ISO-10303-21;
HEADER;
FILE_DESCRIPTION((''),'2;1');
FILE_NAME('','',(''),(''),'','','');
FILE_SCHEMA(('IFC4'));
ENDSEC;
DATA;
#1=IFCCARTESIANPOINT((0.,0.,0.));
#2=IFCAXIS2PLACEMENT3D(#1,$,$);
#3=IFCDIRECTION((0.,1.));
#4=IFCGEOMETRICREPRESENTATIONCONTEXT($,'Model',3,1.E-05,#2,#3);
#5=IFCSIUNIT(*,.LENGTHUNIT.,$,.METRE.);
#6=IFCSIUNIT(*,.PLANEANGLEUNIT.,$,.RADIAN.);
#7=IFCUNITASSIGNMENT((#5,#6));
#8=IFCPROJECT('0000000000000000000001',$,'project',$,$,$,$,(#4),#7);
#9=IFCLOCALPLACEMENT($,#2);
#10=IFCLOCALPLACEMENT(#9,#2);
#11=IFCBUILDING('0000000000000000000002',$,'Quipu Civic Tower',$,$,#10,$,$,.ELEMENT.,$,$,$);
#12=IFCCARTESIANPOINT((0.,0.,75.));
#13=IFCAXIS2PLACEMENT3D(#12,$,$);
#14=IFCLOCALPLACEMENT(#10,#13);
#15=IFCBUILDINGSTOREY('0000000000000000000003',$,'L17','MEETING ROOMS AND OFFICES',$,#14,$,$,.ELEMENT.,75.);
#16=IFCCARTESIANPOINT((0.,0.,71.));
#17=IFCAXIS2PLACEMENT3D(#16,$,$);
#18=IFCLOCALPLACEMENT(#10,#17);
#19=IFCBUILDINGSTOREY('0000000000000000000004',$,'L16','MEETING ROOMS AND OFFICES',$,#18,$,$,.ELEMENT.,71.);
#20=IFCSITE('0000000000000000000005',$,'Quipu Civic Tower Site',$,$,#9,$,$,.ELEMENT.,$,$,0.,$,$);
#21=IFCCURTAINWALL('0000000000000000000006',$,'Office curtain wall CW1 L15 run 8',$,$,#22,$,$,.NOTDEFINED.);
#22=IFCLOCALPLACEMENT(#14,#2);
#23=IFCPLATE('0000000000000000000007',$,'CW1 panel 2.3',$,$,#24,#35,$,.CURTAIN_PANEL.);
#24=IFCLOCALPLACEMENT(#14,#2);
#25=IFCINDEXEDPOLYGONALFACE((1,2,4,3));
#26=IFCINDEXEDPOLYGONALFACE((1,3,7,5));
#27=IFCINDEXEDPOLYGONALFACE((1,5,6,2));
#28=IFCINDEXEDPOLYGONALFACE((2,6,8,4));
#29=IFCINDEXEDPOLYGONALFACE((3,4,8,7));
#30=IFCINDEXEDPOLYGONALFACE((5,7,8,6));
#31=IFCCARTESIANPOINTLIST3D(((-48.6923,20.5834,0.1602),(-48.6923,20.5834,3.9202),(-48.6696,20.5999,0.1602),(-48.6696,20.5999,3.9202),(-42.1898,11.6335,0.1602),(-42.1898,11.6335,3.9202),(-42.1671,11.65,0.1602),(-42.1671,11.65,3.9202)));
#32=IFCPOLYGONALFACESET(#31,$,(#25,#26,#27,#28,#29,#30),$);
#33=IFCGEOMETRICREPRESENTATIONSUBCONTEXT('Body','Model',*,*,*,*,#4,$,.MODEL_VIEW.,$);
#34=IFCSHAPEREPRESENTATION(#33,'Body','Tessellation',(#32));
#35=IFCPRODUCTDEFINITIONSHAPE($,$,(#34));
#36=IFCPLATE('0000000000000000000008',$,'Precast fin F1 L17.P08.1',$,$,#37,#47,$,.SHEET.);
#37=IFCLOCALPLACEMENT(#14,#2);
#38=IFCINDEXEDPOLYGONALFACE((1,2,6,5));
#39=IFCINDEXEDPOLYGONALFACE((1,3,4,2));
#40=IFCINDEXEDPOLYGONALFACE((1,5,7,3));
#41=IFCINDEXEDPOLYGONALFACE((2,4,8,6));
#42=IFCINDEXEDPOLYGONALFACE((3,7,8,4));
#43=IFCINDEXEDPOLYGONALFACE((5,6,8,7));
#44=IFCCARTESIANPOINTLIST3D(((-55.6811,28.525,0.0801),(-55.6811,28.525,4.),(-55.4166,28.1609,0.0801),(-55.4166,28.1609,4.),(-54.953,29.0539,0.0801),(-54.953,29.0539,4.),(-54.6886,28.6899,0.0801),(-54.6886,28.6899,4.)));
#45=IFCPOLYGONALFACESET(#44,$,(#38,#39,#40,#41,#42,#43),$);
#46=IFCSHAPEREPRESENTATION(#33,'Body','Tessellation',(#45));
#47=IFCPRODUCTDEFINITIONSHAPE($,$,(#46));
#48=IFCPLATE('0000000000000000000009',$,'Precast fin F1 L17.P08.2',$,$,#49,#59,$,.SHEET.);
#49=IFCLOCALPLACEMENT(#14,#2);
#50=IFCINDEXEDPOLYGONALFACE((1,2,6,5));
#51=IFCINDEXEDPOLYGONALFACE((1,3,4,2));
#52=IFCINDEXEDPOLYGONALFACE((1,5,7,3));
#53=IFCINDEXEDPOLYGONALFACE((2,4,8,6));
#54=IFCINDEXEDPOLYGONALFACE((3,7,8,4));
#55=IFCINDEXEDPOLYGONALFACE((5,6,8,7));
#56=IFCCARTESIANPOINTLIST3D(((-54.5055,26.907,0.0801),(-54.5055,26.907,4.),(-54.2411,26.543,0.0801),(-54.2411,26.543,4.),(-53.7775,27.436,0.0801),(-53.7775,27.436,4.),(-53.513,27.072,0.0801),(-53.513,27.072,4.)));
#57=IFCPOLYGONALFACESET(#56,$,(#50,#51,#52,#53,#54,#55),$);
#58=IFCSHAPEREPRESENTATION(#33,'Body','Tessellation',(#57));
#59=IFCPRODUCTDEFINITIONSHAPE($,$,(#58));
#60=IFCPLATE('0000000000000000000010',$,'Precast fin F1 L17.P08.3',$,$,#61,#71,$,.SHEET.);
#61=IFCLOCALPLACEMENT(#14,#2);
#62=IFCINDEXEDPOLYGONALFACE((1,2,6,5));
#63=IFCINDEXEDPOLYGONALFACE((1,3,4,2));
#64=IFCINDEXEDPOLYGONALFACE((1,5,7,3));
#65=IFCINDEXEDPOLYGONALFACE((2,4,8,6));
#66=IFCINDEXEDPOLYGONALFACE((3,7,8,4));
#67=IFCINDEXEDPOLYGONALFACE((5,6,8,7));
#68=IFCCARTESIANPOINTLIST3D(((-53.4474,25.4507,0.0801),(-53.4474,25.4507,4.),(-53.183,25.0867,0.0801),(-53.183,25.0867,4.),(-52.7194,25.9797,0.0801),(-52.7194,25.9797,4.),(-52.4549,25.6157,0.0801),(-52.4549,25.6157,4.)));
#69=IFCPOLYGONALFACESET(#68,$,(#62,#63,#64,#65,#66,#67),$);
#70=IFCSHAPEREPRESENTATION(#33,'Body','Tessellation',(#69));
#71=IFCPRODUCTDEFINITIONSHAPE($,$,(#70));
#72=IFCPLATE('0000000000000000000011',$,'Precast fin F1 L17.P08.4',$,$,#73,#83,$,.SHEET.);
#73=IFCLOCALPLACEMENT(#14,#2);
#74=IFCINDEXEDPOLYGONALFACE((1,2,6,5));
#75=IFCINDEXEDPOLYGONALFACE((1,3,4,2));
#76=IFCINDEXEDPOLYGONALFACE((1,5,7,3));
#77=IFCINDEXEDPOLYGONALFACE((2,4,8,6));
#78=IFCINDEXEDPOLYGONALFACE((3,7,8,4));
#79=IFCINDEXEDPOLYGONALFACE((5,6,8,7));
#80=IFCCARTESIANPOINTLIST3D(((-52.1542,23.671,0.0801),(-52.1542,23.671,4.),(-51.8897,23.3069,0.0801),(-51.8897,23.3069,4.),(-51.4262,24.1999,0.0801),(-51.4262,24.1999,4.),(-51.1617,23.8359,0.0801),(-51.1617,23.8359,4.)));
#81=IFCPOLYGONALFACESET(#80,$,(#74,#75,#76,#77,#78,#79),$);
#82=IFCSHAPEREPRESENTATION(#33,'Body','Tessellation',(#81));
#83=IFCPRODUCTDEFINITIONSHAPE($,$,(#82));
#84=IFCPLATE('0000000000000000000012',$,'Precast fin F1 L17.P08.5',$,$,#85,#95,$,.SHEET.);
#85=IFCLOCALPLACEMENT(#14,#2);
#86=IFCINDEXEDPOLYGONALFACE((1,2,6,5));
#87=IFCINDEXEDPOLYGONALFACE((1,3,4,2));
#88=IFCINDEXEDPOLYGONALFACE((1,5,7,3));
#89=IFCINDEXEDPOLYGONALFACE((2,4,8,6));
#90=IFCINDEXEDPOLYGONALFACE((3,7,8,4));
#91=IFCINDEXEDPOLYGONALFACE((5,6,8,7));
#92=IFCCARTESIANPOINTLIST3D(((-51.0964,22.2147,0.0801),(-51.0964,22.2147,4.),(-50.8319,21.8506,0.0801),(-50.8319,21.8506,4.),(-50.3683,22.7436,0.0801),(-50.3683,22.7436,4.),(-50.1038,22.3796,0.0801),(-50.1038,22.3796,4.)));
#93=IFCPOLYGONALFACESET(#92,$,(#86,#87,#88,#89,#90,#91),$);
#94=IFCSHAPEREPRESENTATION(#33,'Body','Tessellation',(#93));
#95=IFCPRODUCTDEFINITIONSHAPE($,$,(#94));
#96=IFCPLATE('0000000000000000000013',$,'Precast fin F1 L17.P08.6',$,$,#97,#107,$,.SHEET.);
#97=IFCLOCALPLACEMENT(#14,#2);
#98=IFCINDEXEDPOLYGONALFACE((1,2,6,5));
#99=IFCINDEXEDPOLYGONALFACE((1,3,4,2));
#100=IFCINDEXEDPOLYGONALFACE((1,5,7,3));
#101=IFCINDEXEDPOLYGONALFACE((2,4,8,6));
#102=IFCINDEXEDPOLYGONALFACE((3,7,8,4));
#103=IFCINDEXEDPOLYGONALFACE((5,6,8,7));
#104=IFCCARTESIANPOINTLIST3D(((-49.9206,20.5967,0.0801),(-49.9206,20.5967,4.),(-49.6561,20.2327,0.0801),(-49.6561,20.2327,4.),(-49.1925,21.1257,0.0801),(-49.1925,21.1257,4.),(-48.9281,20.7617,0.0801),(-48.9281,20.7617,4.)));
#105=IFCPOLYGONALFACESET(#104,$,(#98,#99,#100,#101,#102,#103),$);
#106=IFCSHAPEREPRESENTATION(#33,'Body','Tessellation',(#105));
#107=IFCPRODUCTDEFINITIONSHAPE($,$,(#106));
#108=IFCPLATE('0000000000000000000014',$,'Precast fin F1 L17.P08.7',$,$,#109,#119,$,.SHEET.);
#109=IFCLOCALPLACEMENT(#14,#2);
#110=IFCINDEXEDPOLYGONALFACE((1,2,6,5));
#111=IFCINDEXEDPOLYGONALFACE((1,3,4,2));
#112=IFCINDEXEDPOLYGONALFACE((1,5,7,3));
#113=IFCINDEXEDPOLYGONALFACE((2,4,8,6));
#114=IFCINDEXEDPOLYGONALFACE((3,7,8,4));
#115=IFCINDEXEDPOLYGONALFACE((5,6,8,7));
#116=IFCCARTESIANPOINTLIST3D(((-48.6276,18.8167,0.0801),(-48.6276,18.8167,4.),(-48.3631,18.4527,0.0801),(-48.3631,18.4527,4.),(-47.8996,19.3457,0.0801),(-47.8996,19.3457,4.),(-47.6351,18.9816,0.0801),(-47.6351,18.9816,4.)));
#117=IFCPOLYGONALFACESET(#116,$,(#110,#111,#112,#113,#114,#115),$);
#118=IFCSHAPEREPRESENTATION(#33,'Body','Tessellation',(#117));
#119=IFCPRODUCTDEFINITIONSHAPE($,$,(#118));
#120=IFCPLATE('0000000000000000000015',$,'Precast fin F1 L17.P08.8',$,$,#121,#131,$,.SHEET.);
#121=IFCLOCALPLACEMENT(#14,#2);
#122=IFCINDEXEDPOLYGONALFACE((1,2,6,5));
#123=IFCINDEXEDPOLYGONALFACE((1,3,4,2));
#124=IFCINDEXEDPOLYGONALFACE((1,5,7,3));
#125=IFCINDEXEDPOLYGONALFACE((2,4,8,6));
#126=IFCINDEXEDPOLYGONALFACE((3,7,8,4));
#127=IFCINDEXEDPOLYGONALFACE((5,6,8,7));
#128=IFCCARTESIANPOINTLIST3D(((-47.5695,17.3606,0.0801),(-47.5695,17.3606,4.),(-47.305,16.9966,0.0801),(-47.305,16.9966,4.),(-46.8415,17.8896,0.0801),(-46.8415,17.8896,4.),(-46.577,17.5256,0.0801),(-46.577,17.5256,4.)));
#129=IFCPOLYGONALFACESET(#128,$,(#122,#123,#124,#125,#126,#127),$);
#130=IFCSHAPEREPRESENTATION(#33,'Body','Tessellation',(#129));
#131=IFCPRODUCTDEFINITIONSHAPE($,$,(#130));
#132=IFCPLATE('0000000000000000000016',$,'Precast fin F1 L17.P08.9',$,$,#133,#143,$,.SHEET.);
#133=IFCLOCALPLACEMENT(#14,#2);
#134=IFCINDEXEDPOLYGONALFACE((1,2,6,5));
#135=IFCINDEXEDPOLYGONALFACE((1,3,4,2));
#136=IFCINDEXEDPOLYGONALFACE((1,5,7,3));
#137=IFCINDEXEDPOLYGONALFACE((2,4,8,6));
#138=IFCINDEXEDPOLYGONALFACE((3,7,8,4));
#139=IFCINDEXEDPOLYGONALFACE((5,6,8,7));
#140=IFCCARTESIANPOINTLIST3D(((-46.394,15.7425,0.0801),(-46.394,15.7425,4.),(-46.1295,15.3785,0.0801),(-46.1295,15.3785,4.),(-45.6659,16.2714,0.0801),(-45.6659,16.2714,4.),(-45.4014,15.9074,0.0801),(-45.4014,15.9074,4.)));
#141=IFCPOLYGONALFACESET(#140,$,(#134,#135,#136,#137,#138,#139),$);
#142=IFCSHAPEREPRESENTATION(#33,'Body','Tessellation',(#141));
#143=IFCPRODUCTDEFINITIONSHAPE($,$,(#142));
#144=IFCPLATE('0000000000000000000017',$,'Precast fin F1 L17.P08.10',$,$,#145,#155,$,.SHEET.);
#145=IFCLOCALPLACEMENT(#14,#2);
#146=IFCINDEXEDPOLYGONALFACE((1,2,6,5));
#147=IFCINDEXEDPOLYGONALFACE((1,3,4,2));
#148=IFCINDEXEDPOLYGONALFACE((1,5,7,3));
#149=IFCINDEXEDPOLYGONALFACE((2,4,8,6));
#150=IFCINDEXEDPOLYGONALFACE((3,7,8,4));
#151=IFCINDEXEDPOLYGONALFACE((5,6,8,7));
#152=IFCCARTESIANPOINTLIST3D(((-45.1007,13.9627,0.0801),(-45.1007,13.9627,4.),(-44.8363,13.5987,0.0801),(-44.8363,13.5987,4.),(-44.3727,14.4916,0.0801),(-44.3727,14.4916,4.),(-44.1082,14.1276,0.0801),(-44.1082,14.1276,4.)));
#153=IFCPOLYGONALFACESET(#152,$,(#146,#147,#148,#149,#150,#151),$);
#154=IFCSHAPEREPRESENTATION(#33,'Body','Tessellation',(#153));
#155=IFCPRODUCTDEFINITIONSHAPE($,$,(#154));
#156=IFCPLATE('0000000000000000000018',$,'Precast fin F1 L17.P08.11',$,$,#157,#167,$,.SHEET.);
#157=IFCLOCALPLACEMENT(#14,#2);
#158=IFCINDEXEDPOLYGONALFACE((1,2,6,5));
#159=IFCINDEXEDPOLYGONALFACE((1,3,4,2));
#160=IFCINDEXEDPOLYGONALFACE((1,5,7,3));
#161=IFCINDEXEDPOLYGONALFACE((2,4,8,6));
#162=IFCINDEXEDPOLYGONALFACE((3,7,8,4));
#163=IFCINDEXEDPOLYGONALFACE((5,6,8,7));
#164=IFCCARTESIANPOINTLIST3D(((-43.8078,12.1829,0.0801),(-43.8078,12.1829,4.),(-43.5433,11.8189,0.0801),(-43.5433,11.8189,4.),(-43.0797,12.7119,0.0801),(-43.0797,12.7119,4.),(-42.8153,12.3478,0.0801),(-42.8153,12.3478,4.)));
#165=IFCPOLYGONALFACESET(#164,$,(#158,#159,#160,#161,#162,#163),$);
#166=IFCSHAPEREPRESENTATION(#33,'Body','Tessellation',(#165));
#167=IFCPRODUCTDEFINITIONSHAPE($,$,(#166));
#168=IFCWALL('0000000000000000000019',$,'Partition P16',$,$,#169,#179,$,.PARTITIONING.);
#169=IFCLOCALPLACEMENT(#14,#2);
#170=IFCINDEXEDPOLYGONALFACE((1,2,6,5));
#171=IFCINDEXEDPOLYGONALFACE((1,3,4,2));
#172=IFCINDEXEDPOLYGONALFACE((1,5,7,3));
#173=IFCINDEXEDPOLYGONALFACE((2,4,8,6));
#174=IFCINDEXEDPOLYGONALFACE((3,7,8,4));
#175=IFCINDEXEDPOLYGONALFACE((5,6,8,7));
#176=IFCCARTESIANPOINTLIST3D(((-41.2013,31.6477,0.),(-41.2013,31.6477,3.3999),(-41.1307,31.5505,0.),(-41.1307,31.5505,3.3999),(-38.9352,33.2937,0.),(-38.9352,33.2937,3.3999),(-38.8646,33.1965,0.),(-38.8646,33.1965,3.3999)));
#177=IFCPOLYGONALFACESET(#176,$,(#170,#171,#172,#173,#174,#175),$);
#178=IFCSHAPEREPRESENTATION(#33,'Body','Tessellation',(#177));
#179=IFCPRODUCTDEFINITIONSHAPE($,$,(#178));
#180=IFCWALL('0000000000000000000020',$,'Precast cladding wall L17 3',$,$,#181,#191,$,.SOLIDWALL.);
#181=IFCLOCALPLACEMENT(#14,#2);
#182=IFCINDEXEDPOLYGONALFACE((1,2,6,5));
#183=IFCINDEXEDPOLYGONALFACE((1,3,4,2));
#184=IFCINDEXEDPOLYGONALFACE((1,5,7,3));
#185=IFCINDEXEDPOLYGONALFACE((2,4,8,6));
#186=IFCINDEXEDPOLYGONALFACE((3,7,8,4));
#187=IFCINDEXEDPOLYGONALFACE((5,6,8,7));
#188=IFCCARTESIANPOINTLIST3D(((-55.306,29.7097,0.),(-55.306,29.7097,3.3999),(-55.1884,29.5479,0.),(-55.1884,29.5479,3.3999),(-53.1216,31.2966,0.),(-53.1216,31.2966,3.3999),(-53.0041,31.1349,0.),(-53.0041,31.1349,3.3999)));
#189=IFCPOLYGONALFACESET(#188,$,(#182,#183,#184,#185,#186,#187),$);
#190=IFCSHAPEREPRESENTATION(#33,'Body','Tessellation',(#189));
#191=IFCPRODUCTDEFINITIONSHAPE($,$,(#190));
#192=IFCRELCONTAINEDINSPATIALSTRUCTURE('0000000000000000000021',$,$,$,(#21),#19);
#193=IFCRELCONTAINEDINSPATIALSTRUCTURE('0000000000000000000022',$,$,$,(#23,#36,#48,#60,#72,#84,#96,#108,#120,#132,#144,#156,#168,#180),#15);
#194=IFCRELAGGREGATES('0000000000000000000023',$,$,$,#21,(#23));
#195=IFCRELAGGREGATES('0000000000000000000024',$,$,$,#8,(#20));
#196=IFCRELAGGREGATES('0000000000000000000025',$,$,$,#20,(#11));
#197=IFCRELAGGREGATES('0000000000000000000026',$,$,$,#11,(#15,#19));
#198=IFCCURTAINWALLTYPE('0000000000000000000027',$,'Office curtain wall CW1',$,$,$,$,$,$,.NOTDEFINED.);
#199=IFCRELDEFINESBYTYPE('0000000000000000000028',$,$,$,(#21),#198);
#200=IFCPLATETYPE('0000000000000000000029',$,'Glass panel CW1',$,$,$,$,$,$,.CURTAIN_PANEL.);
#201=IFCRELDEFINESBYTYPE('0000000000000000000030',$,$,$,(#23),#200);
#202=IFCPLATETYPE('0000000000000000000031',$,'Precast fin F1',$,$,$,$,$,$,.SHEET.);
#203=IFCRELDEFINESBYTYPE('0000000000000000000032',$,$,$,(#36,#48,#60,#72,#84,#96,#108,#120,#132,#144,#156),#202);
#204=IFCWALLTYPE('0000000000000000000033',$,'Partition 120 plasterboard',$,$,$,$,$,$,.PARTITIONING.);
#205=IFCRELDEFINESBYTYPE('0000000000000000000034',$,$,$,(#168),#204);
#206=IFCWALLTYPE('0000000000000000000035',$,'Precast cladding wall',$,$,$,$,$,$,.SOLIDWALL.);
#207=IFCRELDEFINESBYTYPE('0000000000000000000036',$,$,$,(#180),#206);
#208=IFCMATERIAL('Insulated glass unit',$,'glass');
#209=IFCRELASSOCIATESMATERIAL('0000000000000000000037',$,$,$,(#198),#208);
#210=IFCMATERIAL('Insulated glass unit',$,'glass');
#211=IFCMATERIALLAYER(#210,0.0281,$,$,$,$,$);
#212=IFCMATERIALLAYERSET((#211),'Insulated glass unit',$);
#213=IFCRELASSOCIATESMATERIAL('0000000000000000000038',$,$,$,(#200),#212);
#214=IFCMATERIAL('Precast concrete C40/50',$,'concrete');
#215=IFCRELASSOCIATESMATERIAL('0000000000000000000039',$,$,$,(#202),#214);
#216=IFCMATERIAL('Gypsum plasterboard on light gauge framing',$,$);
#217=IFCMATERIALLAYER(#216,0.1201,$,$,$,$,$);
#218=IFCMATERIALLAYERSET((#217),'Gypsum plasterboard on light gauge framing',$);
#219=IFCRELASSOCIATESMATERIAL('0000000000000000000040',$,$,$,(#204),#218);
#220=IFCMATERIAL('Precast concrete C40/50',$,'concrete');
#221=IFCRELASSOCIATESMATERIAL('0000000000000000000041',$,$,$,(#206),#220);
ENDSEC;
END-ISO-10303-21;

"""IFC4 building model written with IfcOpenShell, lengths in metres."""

from ifc_helpers import new_model, si_unit, direction, frame, frame_2d, origin, origin_2d, place, context, subcontext, project, spatial, rectangle, extrude, material, layer, layer_set, type_object, element, aggregate, save


model = new_model("IFC4")

# Units and contexts
model_context = context("Model", 3, precision=1e-05, world=origin(), true_north=direction((0.0, 1.0)))
body_context = subcontext(model_context, "Body", "Model", "MODEL_VIEW")
ifc_project = project(units=[si_unit("LENGTHUNIT", "METRE"), si_unit("PLANEANGLEUNIT", "RADIAN")], contexts=[model_context])

# Site, building, storey
site_placement = place(None, origin())
site = spatial("IfcSite", under=ifc_project, at=site_placement, Name="Quipu Civic Tower Site", CompositionType="ELEMENT", RefElevation=0.0)
building_placement = place(site_placement, origin())
building = spatial("IfcBuilding", under=site, at=building_placement, Name="Quipu Civic Tower", CompositionType="ELEMENT")
storey_1_placement = place(building_placement, frame((0.0, 0.0, 75.0)))
storey_1 = spatial("IfcBuildingStorey", under=building, at=storey_1_placement, Name="L17", Description="MEETING ROOMS AND OFFICES", CompositionType="ELEMENT", Elevation=75.0)

# Shared definitions
storey_2_placement = place(building_placement, frame((0.0, 0.0, 71.0)))
storey_2 = spatial("IfcBuildingStorey", under=building, at=storey_2_placement, Name="L16", Description="MEETING ROOMS AND OFFICES", CompositionType="ELEMENT", Elevation=71.0)

# Curtain wall, plate
ifc_material_1 = material(Name="Insulated glass unit", Category="glass")
curtain_wall_type = type_object("IfcCurtainWallType", Name="Office curtain wall CW1", PredefinedType="NOTDEFINED", material=ifc_material_1)
curtain_wall_placement = place(storey_2_placement, origin())
curtain_wall = element("IfcCurtainWall", 1, at=curtain_wall_placement, inside=storey_2, type_object=curtain_wall_type, Name="Office curtain wall CW1 L15 run 8", PredefinedType="NOTDEFINED")
ifc_material_2 = material(Name="Insulated glass unit", Category="glass")
ifc_layer_1 = layer(ifc_material_2, 0.0281)
ifc_layer_set_1 = layer_set([ifc_layer_1], Name="Insulated glass unit")
plate_type_1 = type_object("IfcPlateType", Name="Glass panel CW1", PredefinedType="CURTAIN_PANEL", material=ifc_layer_set_1)
plate_1_placement = place(storey_1_placement, frame((-45.4297, 16.1167, 0.1602), z_axis=(0.0, 0.0, 1.0), x_axis=(0.587786, -0.809017, 0.0)))
plate_1 = element("IfcPlate", 2, at=plate_1_placement, inside=storey_1, type_object=plate_type_1, Name="CW1 panel 2.3", PredefinedType="CURTAIN_PANEL", context=body_context, shape_type="SweptSolid", body=[
    extrude(rectangle(XDim=11.0627, YDim=0.0281, at=origin_2d()), origin(), (0.0, 0.0, 1.0), 3.76),
])
aggregate(curtain_wall, [plate_1])

# Plates
ifc_material_3 = material(Name="Precast concrete C40/50", Category="concrete")
plate_type_2 = type_object("IfcPlateType", Name="Precast fin F1", PredefinedType="SHEET", material=ifc_material_3)
for number, where, z_axis, x_axis, name in (
    (3, (-55.1848, 28.6074, 0.0801), (0.0, 0.0, 1.0), (0.587786, -0.809017, 0.0), "Precast fin F1 L17.P08.1"),
    (4, (-54.0093, 26.9895, 0.0801), (0.0, 0.0, 1.0), (0.587786, -0.809017, 0.0), "Precast fin F1 L17.P08.2"),
    (5, (-52.9512, 25.5332, 0.0801), (0.0, 0.0, 1.0), (0.587786, -0.809017, 0.0), "Precast fin F1 L17.P08.3"),
    (6, (-51.658, 23.7534, 0.0801), (0.0, 0.0, 1.0), (0.587786, -0.809017, 0.0), "Precast fin F1 L17.P08.4"),
    (7, (-50.6001, 22.2971, 0.0801), (0.0, 0.0, 1.0), (0.587786, -0.809017, 0.0), "Precast fin F1 L17.P08.5"),
    (8, (-49.4243, 20.6792, 0.0801), (0.0, 0.0, 1.0), (0.587786, -0.809017, 0.0), "Precast fin F1 L17.P08.6"),
    (9, (-48.1313, 18.8992, 0.0801), (0.0, 0.0, 1.0), (0.587786, -0.809017, 0.0), "Precast fin F1 L17.P08.7"),
    (10, (-47.0732, 17.4431, 0.0801), (0.0, 0.0, 1.0), (0.587786, -0.809017, 0.0), "Precast fin F1 L17.P08.8"),
    (11, (-45.8977, 15.825, 0.0801), (0.0, 0.0, 1.0), (0.587786, -0.809017, 0.0), "Precast fin F1 L17.P08.9"),
    (12, (-44.6045, 14.0452, 0.0801), (0.0, 0.0, 1.0), (0.587786, -0.809017, 0.0), "Precast fin F1 L17.P08.10"),
    (13, (-43.3115, 12.2654, 0.0801), (0.0, 0.0, 1.0), (0.587786, -0.809017, 0.0), "Precast fin F1 L17.P08.11"),
):
    element("IfcPlate", number, at=place(storey_1_placement, frame(where, z_axis=z_axis, x_axis=x_axis)), inside=storey_1, type_object=plate_type_2, Name=name, PredefinedType="SHEET", context=body_context, shape_type="SweptSolid", body=[
        extrude(rectangle(XDim=0.45, YDim=0.8999, at=origin_2d()), origin(), (0.0, 0.0, 1.0), 3.9199),
    ])

# Walls
ifc_material_4 = material(Name="Gypsum plasterboard on light gauge framing")
ifc_layer_2 = layer(ifc_material_4, 0.1201)
ifc_layer_set_2 = layer_set([ifc_layer_2], Name="Gypsum plasterboard on light gauge framing")
wall_type_1 = type_object("IfcWallType", Name="Partition 120 plasterboard", PredefinedType="PARTITIONING", material=ifc_layer_set_2)
wall_1_placement = place(storey_1_placement, frame((-41.166, 31.5991, 0.0), z_axis=(0.0, 0.0, 1.0), x_axis=(0.80909, 0.587684, 0.0)))
element("IfcWall", 14, at=wall_1_placement, inside=storey_1, type_object=wall_type_1, Name="Partition P16", PredefinedType="PARTITIONING", context=body_context, shape_type="SweptSolid", body=[
    extrude(rectangle(XDim=2.8008, YDim=0.1201, at=frame_2d((1.4004, 0.0))), origin(), (0.0, 0.0, 1.0), 3.3999),
])
ifc_material_5 = material(Name="Precast concrete C40/50", Category="concrete")
wall_type_2 = type_object("IfcWallType", Name="Precast cladding wall", PredefinedType="SOLIDWALL", material=ifc_material_5)
wall_2_placement = place(storey_1_placement, frame((-53.0627, 31.2158, 0.0), z_axis=(0.0, 0.0, 1.0), x_axis=(-0.809033, -0.587763, 0.0)))
element("IfcWall", 15, at=wall_2_placement, inside=storey_1, type_object=wall_type_2, Name="Precast cladding wall L17 3", PredefinedType="SOLIDWALL", context=body_context, shape_type="SweptSolid", body=[
    extrude(rectangle(XDim=2.7, YDim=0.2, at=frame_2d((1.3501, 0.0))), origin(), (0.0, 0.0, 1.0), 3.3999),
])

save(model, "model.ifc")
